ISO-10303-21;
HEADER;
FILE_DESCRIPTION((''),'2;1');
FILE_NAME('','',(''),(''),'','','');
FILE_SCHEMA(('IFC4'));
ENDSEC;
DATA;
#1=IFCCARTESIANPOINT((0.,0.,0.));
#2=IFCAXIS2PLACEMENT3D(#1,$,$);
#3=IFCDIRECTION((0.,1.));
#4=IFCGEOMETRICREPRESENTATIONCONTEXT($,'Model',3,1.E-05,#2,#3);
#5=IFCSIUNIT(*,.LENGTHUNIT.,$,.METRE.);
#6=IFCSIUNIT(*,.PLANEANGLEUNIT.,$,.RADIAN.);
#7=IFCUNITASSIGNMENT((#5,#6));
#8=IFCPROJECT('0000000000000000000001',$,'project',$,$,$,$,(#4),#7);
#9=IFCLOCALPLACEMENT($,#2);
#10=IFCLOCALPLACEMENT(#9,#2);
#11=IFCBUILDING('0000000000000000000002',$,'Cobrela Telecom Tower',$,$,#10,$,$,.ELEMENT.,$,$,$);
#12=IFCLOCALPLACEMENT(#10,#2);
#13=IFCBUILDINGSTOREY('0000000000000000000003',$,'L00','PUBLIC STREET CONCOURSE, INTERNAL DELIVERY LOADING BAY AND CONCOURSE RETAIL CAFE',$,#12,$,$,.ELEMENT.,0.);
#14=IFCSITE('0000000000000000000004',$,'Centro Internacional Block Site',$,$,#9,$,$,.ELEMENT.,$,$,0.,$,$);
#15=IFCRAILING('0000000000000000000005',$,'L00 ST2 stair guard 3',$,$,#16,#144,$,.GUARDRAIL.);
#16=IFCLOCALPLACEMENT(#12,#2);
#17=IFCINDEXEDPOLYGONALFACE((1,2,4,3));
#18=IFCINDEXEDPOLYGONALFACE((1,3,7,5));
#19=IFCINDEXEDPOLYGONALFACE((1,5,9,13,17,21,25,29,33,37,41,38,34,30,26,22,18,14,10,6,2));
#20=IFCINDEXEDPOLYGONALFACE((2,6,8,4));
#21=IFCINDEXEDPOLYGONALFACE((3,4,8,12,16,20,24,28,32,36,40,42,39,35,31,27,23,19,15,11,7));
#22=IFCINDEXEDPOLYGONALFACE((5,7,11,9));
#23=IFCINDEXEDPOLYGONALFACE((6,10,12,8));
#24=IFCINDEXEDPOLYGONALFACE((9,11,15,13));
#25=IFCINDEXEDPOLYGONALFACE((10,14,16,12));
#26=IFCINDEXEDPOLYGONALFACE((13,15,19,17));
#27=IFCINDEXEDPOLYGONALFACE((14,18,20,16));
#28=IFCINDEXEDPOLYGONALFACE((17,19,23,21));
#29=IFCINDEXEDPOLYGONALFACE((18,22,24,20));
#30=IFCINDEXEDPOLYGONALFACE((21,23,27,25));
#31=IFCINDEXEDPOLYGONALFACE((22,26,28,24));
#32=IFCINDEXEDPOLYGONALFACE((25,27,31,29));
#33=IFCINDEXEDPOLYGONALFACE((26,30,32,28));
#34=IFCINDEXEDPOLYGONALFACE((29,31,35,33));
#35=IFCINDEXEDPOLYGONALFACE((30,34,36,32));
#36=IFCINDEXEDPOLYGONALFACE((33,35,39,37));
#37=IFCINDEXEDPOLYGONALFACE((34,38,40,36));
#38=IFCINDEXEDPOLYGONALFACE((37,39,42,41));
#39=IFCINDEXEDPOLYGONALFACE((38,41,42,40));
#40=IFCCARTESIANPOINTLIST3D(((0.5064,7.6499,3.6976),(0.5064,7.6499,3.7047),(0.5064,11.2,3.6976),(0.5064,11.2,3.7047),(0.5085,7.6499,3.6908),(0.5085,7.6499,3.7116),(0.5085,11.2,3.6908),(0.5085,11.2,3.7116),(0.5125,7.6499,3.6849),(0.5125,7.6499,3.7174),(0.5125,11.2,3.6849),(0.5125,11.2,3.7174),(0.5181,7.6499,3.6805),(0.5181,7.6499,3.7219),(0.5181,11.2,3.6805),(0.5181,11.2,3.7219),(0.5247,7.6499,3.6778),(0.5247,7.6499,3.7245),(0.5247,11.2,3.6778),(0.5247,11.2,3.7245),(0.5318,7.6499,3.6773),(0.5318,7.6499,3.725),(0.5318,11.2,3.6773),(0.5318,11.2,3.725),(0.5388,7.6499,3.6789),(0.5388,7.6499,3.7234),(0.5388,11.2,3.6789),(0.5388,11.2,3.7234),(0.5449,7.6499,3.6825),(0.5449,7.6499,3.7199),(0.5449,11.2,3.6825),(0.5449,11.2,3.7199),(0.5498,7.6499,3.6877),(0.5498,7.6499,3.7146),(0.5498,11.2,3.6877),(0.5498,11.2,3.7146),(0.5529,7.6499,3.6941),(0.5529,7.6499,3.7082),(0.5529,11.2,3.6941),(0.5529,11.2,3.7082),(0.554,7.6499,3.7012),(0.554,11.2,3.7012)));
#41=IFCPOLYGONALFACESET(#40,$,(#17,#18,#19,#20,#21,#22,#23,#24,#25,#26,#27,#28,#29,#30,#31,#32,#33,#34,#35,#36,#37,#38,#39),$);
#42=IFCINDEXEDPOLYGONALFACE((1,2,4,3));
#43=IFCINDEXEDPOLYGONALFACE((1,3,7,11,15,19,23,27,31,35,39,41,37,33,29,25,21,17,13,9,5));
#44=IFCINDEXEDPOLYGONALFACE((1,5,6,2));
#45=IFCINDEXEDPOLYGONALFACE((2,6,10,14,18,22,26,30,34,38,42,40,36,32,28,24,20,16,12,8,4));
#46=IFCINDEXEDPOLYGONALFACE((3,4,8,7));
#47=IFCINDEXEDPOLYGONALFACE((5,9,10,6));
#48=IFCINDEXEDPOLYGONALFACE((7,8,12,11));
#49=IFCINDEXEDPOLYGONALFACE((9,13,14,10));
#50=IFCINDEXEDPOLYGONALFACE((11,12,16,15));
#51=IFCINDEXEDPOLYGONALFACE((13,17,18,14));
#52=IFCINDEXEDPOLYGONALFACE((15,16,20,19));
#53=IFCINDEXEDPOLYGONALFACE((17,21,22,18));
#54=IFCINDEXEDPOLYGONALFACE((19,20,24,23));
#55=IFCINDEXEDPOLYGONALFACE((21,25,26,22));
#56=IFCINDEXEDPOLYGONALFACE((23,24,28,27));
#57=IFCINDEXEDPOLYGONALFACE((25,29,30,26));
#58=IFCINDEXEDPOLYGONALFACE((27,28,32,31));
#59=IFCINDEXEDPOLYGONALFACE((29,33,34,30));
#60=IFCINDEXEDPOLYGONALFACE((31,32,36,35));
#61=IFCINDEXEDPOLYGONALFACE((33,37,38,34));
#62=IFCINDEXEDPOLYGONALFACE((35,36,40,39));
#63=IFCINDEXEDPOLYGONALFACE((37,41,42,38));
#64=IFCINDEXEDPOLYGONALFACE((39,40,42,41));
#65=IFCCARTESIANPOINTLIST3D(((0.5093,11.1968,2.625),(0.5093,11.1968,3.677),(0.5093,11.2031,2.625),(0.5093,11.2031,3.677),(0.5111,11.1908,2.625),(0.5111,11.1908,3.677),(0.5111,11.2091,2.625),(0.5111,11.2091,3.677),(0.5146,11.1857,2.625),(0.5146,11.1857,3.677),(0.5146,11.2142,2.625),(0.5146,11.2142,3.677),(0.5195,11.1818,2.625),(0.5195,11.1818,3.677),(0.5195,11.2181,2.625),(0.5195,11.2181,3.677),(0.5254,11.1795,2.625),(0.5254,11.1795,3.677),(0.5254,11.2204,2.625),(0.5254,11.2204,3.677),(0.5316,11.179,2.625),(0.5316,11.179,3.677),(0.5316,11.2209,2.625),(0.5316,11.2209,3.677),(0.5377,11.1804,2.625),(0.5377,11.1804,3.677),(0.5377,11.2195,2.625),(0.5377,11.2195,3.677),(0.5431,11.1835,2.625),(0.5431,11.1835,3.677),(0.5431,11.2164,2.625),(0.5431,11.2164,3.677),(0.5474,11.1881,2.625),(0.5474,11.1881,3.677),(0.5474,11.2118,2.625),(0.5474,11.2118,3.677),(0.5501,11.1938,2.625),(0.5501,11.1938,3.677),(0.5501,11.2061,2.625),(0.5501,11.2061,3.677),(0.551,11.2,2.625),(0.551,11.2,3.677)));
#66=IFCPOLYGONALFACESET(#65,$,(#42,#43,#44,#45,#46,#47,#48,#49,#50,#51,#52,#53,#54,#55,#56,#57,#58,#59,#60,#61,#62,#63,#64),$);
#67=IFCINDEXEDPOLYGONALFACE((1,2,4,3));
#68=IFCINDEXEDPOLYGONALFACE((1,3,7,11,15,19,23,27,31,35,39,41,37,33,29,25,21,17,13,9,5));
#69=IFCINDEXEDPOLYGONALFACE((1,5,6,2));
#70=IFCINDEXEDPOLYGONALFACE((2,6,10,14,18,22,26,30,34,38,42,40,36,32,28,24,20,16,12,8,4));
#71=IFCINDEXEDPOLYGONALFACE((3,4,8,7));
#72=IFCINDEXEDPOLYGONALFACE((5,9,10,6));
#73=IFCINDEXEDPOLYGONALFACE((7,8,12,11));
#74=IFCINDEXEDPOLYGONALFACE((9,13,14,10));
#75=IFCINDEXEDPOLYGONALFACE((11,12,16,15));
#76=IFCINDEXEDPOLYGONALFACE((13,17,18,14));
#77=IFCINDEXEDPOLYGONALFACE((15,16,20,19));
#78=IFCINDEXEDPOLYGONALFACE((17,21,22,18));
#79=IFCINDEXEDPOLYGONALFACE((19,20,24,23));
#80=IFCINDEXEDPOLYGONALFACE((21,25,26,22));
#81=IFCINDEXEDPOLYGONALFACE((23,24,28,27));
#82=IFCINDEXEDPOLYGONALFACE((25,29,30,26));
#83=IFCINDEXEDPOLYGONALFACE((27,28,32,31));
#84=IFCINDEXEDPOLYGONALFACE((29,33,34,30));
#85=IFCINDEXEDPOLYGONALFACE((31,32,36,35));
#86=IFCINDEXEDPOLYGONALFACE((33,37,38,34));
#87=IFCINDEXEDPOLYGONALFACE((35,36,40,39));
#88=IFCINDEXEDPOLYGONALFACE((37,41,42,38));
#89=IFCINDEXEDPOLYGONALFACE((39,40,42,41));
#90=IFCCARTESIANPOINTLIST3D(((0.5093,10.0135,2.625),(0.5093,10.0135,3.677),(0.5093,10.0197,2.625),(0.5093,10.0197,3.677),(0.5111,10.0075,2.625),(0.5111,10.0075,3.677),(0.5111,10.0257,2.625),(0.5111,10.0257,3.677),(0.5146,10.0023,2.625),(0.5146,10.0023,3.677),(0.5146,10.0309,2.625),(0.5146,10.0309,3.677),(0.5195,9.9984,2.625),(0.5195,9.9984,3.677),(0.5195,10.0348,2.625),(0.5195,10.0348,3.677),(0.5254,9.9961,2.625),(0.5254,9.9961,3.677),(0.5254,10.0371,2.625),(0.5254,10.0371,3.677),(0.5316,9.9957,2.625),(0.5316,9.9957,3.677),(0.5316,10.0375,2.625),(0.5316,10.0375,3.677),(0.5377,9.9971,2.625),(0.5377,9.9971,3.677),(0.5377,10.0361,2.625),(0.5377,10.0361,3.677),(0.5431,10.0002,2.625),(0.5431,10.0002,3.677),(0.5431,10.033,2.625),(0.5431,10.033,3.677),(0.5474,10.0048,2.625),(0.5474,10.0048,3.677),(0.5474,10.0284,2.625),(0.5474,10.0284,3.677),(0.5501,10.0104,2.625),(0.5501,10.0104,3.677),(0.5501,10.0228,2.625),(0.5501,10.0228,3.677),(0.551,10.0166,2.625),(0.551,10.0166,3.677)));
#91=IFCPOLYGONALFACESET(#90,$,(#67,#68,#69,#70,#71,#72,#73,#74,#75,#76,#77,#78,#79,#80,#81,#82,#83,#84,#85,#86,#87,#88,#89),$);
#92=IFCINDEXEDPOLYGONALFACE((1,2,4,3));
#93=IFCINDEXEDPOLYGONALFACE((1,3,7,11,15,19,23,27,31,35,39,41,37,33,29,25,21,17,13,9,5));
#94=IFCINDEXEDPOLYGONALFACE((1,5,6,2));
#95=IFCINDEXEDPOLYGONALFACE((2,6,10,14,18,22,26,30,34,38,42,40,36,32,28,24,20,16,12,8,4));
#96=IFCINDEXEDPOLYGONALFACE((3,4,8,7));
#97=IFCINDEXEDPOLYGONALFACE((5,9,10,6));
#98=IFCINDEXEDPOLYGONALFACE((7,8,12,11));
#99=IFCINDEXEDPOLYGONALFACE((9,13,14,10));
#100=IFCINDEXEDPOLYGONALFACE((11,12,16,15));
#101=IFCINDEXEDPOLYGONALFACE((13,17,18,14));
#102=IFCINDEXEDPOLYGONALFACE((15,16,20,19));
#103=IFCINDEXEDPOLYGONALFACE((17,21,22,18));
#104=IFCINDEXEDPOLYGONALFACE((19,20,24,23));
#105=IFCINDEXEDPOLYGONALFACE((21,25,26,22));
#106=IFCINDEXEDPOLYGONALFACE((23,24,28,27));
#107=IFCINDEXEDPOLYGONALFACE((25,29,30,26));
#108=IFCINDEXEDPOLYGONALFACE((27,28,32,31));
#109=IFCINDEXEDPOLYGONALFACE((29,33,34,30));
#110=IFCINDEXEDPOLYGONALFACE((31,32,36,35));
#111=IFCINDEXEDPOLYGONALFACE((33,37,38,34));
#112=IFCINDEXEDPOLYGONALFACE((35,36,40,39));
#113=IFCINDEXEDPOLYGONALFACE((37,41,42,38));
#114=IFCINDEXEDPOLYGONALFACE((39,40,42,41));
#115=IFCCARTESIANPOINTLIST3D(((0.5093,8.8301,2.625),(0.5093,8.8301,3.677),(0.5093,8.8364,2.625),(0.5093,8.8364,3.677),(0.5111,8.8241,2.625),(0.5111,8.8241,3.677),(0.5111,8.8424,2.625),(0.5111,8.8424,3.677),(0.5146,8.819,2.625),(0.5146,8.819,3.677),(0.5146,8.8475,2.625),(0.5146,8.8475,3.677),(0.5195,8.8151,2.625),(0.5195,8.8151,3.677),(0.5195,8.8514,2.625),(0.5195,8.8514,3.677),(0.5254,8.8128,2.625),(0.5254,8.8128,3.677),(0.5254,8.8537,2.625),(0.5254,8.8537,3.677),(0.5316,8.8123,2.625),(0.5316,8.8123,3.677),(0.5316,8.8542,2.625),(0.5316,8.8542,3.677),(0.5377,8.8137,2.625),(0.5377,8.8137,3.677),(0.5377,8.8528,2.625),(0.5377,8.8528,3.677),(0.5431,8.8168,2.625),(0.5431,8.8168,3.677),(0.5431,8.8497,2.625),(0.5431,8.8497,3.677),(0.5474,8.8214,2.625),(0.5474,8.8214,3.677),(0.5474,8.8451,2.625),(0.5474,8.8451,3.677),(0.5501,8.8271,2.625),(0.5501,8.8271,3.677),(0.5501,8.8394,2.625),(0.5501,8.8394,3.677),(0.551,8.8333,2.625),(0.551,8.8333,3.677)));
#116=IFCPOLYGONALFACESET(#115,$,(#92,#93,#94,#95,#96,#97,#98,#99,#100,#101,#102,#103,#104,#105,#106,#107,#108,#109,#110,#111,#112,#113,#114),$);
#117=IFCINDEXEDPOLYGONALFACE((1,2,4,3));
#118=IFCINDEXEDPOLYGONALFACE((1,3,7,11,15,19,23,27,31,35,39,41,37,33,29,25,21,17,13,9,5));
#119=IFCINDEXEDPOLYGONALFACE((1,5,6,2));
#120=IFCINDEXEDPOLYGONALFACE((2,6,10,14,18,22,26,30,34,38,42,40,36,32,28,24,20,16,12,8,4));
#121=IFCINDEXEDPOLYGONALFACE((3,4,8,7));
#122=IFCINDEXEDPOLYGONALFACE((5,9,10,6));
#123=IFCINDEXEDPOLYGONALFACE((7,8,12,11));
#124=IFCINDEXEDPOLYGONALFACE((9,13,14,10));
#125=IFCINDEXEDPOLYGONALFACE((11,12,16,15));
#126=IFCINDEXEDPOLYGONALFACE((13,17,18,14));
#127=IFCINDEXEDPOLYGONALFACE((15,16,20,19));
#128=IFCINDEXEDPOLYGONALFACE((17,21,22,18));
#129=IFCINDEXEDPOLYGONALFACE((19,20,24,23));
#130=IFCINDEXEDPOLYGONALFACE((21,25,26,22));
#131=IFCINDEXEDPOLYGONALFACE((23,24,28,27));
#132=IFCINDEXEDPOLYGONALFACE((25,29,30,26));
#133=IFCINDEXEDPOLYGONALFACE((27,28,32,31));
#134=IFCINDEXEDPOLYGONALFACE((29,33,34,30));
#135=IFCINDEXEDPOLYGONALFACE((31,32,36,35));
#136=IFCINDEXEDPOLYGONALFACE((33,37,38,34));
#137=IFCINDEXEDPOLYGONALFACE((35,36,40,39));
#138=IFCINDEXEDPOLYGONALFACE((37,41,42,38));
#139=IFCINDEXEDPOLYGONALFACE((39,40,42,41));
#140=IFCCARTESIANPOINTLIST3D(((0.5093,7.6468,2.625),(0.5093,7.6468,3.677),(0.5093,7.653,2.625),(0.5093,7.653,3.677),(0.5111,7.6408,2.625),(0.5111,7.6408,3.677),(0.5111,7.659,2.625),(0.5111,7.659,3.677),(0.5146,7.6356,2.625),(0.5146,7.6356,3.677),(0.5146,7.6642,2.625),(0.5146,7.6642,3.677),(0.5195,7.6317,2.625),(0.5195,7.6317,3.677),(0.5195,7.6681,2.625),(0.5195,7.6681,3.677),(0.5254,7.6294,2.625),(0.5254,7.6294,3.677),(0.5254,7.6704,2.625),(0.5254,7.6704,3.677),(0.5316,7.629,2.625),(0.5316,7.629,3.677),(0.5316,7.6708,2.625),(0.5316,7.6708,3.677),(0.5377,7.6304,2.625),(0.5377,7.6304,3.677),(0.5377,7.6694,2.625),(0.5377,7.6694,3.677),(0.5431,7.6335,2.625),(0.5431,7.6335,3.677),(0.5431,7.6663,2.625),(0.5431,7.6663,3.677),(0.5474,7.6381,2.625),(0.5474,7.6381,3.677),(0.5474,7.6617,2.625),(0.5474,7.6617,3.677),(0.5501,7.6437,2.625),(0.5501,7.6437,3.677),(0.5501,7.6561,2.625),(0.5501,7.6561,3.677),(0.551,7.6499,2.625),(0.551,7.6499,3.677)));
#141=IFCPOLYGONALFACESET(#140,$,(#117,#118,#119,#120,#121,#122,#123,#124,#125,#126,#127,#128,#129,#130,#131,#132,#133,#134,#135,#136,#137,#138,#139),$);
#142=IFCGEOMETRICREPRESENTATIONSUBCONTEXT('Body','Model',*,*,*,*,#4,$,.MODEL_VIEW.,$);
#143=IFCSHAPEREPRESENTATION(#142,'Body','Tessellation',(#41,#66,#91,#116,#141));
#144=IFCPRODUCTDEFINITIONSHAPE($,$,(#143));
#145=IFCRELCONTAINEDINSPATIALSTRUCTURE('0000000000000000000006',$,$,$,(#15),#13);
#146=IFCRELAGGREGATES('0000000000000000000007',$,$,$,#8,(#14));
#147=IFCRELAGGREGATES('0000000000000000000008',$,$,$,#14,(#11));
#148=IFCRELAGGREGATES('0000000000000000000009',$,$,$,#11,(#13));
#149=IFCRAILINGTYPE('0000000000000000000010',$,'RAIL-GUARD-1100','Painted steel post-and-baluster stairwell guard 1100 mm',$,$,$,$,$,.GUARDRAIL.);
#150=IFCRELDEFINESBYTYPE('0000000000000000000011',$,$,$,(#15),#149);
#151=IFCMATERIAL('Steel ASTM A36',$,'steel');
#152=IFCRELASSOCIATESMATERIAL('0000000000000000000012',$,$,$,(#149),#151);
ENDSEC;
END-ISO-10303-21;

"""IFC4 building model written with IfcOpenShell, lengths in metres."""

from ifc_helpers import new_model, si_unit, direction, frame, origin, origin_2d, place, context, subcontext, project, spatial, circle, extrude, material, type_object, element, save


model = new_model("IFC4")

# Units and contexts
model_context = context("Model", 3, precision=1e-05, world=origin(), true_north=direction((0.0, 1.0)))
body_context = subcontext(model_context, "Body", "Model", "MODEL_VIEW")
ifc_project = project(units=[si_unit("LENGTHUNIT", "METRE"), si_unit("PLANEANGLEUNIT", "RADIAN")], contexts=[model_context])

# Site, building, storey
site_placement = place(None, origin())
site = spatial("IfcSite", under=ifc_project, at=site_placement, Name="Centro Internacional Block Site", CompositionType="ELEMENT", RefElevation=0.0)
building_placement = place(site_placement, origin())
building = spatial("IfcBuilding", under=site, at=building_placement, Name="Cobrela Telecom Tower", CompositionType="ELEMENT")
storey_placement = place(building_placement, origin())
storey = spatial("IfcBuildingStorey", under=building, at=storey_placement, Name="L00", Description="PUBLIC STREET CONCOURSE, INTERNAL DELIVERY LOADING BAY AND CONCOURSE RETAIL CAFE", CompositionType="ELEMENT", Elevation=0.0)

# Shared definitions
ifc_material_1 = material(Name="Steel ASTM A36", Category="steel")

# Railing
railing_type_1 = type_object("IfcRailingType", Name="RAIL-GUARD-1100", Description="Painted steel post-and-baluster stairwell guard 1100 mm", PredefinedType="GUARDRAIL", material=ifc_material_1)
railing_1_placement = place(storey_placement, frame((0.53, 11.2, 2.625)))
element("IfcRailing", 1, at=railing_1_placement, inside=storey, type_object=railing_type_1, Name="L00 ST2 stair guard 3", PredefinedType="GUARDRAIL", context=body_context, shape_type="SweptSolid", body=[
    extrude(circle(Radius=0.0239, at=origin_2d()), frame((0.0, 0.0, 1.0762), z_axis=(0.0, -1.0, 0.0), x_axis=(1.0, 0.0, 0.0)), (0.0, 0.0, 1.0), 3.55),
    extrude(circle(Radius=0.021, at=origin_2d()), origin(), (0.0, 0.0, 1.0), 1.052),
    extrude(circle(Radius=0.021, at=origin_2d()), frame((0.0, -1.1833, 0.0)), (0.0, 0.0, 1.0), 1.052),
    extrude(circle(Radius=0.021, at=origin_2d()), frame((0.0, -2.3667, 0.0)), (0.0, 0.0, 1.0), 1.052),
    extrude(circle(Radius=0.021, at=origin_2d()), frame((0.0, -3.55, 0.0)), (0.0, 0.0, 1.0), 1.052),
])

save(model, "model.ifc")
